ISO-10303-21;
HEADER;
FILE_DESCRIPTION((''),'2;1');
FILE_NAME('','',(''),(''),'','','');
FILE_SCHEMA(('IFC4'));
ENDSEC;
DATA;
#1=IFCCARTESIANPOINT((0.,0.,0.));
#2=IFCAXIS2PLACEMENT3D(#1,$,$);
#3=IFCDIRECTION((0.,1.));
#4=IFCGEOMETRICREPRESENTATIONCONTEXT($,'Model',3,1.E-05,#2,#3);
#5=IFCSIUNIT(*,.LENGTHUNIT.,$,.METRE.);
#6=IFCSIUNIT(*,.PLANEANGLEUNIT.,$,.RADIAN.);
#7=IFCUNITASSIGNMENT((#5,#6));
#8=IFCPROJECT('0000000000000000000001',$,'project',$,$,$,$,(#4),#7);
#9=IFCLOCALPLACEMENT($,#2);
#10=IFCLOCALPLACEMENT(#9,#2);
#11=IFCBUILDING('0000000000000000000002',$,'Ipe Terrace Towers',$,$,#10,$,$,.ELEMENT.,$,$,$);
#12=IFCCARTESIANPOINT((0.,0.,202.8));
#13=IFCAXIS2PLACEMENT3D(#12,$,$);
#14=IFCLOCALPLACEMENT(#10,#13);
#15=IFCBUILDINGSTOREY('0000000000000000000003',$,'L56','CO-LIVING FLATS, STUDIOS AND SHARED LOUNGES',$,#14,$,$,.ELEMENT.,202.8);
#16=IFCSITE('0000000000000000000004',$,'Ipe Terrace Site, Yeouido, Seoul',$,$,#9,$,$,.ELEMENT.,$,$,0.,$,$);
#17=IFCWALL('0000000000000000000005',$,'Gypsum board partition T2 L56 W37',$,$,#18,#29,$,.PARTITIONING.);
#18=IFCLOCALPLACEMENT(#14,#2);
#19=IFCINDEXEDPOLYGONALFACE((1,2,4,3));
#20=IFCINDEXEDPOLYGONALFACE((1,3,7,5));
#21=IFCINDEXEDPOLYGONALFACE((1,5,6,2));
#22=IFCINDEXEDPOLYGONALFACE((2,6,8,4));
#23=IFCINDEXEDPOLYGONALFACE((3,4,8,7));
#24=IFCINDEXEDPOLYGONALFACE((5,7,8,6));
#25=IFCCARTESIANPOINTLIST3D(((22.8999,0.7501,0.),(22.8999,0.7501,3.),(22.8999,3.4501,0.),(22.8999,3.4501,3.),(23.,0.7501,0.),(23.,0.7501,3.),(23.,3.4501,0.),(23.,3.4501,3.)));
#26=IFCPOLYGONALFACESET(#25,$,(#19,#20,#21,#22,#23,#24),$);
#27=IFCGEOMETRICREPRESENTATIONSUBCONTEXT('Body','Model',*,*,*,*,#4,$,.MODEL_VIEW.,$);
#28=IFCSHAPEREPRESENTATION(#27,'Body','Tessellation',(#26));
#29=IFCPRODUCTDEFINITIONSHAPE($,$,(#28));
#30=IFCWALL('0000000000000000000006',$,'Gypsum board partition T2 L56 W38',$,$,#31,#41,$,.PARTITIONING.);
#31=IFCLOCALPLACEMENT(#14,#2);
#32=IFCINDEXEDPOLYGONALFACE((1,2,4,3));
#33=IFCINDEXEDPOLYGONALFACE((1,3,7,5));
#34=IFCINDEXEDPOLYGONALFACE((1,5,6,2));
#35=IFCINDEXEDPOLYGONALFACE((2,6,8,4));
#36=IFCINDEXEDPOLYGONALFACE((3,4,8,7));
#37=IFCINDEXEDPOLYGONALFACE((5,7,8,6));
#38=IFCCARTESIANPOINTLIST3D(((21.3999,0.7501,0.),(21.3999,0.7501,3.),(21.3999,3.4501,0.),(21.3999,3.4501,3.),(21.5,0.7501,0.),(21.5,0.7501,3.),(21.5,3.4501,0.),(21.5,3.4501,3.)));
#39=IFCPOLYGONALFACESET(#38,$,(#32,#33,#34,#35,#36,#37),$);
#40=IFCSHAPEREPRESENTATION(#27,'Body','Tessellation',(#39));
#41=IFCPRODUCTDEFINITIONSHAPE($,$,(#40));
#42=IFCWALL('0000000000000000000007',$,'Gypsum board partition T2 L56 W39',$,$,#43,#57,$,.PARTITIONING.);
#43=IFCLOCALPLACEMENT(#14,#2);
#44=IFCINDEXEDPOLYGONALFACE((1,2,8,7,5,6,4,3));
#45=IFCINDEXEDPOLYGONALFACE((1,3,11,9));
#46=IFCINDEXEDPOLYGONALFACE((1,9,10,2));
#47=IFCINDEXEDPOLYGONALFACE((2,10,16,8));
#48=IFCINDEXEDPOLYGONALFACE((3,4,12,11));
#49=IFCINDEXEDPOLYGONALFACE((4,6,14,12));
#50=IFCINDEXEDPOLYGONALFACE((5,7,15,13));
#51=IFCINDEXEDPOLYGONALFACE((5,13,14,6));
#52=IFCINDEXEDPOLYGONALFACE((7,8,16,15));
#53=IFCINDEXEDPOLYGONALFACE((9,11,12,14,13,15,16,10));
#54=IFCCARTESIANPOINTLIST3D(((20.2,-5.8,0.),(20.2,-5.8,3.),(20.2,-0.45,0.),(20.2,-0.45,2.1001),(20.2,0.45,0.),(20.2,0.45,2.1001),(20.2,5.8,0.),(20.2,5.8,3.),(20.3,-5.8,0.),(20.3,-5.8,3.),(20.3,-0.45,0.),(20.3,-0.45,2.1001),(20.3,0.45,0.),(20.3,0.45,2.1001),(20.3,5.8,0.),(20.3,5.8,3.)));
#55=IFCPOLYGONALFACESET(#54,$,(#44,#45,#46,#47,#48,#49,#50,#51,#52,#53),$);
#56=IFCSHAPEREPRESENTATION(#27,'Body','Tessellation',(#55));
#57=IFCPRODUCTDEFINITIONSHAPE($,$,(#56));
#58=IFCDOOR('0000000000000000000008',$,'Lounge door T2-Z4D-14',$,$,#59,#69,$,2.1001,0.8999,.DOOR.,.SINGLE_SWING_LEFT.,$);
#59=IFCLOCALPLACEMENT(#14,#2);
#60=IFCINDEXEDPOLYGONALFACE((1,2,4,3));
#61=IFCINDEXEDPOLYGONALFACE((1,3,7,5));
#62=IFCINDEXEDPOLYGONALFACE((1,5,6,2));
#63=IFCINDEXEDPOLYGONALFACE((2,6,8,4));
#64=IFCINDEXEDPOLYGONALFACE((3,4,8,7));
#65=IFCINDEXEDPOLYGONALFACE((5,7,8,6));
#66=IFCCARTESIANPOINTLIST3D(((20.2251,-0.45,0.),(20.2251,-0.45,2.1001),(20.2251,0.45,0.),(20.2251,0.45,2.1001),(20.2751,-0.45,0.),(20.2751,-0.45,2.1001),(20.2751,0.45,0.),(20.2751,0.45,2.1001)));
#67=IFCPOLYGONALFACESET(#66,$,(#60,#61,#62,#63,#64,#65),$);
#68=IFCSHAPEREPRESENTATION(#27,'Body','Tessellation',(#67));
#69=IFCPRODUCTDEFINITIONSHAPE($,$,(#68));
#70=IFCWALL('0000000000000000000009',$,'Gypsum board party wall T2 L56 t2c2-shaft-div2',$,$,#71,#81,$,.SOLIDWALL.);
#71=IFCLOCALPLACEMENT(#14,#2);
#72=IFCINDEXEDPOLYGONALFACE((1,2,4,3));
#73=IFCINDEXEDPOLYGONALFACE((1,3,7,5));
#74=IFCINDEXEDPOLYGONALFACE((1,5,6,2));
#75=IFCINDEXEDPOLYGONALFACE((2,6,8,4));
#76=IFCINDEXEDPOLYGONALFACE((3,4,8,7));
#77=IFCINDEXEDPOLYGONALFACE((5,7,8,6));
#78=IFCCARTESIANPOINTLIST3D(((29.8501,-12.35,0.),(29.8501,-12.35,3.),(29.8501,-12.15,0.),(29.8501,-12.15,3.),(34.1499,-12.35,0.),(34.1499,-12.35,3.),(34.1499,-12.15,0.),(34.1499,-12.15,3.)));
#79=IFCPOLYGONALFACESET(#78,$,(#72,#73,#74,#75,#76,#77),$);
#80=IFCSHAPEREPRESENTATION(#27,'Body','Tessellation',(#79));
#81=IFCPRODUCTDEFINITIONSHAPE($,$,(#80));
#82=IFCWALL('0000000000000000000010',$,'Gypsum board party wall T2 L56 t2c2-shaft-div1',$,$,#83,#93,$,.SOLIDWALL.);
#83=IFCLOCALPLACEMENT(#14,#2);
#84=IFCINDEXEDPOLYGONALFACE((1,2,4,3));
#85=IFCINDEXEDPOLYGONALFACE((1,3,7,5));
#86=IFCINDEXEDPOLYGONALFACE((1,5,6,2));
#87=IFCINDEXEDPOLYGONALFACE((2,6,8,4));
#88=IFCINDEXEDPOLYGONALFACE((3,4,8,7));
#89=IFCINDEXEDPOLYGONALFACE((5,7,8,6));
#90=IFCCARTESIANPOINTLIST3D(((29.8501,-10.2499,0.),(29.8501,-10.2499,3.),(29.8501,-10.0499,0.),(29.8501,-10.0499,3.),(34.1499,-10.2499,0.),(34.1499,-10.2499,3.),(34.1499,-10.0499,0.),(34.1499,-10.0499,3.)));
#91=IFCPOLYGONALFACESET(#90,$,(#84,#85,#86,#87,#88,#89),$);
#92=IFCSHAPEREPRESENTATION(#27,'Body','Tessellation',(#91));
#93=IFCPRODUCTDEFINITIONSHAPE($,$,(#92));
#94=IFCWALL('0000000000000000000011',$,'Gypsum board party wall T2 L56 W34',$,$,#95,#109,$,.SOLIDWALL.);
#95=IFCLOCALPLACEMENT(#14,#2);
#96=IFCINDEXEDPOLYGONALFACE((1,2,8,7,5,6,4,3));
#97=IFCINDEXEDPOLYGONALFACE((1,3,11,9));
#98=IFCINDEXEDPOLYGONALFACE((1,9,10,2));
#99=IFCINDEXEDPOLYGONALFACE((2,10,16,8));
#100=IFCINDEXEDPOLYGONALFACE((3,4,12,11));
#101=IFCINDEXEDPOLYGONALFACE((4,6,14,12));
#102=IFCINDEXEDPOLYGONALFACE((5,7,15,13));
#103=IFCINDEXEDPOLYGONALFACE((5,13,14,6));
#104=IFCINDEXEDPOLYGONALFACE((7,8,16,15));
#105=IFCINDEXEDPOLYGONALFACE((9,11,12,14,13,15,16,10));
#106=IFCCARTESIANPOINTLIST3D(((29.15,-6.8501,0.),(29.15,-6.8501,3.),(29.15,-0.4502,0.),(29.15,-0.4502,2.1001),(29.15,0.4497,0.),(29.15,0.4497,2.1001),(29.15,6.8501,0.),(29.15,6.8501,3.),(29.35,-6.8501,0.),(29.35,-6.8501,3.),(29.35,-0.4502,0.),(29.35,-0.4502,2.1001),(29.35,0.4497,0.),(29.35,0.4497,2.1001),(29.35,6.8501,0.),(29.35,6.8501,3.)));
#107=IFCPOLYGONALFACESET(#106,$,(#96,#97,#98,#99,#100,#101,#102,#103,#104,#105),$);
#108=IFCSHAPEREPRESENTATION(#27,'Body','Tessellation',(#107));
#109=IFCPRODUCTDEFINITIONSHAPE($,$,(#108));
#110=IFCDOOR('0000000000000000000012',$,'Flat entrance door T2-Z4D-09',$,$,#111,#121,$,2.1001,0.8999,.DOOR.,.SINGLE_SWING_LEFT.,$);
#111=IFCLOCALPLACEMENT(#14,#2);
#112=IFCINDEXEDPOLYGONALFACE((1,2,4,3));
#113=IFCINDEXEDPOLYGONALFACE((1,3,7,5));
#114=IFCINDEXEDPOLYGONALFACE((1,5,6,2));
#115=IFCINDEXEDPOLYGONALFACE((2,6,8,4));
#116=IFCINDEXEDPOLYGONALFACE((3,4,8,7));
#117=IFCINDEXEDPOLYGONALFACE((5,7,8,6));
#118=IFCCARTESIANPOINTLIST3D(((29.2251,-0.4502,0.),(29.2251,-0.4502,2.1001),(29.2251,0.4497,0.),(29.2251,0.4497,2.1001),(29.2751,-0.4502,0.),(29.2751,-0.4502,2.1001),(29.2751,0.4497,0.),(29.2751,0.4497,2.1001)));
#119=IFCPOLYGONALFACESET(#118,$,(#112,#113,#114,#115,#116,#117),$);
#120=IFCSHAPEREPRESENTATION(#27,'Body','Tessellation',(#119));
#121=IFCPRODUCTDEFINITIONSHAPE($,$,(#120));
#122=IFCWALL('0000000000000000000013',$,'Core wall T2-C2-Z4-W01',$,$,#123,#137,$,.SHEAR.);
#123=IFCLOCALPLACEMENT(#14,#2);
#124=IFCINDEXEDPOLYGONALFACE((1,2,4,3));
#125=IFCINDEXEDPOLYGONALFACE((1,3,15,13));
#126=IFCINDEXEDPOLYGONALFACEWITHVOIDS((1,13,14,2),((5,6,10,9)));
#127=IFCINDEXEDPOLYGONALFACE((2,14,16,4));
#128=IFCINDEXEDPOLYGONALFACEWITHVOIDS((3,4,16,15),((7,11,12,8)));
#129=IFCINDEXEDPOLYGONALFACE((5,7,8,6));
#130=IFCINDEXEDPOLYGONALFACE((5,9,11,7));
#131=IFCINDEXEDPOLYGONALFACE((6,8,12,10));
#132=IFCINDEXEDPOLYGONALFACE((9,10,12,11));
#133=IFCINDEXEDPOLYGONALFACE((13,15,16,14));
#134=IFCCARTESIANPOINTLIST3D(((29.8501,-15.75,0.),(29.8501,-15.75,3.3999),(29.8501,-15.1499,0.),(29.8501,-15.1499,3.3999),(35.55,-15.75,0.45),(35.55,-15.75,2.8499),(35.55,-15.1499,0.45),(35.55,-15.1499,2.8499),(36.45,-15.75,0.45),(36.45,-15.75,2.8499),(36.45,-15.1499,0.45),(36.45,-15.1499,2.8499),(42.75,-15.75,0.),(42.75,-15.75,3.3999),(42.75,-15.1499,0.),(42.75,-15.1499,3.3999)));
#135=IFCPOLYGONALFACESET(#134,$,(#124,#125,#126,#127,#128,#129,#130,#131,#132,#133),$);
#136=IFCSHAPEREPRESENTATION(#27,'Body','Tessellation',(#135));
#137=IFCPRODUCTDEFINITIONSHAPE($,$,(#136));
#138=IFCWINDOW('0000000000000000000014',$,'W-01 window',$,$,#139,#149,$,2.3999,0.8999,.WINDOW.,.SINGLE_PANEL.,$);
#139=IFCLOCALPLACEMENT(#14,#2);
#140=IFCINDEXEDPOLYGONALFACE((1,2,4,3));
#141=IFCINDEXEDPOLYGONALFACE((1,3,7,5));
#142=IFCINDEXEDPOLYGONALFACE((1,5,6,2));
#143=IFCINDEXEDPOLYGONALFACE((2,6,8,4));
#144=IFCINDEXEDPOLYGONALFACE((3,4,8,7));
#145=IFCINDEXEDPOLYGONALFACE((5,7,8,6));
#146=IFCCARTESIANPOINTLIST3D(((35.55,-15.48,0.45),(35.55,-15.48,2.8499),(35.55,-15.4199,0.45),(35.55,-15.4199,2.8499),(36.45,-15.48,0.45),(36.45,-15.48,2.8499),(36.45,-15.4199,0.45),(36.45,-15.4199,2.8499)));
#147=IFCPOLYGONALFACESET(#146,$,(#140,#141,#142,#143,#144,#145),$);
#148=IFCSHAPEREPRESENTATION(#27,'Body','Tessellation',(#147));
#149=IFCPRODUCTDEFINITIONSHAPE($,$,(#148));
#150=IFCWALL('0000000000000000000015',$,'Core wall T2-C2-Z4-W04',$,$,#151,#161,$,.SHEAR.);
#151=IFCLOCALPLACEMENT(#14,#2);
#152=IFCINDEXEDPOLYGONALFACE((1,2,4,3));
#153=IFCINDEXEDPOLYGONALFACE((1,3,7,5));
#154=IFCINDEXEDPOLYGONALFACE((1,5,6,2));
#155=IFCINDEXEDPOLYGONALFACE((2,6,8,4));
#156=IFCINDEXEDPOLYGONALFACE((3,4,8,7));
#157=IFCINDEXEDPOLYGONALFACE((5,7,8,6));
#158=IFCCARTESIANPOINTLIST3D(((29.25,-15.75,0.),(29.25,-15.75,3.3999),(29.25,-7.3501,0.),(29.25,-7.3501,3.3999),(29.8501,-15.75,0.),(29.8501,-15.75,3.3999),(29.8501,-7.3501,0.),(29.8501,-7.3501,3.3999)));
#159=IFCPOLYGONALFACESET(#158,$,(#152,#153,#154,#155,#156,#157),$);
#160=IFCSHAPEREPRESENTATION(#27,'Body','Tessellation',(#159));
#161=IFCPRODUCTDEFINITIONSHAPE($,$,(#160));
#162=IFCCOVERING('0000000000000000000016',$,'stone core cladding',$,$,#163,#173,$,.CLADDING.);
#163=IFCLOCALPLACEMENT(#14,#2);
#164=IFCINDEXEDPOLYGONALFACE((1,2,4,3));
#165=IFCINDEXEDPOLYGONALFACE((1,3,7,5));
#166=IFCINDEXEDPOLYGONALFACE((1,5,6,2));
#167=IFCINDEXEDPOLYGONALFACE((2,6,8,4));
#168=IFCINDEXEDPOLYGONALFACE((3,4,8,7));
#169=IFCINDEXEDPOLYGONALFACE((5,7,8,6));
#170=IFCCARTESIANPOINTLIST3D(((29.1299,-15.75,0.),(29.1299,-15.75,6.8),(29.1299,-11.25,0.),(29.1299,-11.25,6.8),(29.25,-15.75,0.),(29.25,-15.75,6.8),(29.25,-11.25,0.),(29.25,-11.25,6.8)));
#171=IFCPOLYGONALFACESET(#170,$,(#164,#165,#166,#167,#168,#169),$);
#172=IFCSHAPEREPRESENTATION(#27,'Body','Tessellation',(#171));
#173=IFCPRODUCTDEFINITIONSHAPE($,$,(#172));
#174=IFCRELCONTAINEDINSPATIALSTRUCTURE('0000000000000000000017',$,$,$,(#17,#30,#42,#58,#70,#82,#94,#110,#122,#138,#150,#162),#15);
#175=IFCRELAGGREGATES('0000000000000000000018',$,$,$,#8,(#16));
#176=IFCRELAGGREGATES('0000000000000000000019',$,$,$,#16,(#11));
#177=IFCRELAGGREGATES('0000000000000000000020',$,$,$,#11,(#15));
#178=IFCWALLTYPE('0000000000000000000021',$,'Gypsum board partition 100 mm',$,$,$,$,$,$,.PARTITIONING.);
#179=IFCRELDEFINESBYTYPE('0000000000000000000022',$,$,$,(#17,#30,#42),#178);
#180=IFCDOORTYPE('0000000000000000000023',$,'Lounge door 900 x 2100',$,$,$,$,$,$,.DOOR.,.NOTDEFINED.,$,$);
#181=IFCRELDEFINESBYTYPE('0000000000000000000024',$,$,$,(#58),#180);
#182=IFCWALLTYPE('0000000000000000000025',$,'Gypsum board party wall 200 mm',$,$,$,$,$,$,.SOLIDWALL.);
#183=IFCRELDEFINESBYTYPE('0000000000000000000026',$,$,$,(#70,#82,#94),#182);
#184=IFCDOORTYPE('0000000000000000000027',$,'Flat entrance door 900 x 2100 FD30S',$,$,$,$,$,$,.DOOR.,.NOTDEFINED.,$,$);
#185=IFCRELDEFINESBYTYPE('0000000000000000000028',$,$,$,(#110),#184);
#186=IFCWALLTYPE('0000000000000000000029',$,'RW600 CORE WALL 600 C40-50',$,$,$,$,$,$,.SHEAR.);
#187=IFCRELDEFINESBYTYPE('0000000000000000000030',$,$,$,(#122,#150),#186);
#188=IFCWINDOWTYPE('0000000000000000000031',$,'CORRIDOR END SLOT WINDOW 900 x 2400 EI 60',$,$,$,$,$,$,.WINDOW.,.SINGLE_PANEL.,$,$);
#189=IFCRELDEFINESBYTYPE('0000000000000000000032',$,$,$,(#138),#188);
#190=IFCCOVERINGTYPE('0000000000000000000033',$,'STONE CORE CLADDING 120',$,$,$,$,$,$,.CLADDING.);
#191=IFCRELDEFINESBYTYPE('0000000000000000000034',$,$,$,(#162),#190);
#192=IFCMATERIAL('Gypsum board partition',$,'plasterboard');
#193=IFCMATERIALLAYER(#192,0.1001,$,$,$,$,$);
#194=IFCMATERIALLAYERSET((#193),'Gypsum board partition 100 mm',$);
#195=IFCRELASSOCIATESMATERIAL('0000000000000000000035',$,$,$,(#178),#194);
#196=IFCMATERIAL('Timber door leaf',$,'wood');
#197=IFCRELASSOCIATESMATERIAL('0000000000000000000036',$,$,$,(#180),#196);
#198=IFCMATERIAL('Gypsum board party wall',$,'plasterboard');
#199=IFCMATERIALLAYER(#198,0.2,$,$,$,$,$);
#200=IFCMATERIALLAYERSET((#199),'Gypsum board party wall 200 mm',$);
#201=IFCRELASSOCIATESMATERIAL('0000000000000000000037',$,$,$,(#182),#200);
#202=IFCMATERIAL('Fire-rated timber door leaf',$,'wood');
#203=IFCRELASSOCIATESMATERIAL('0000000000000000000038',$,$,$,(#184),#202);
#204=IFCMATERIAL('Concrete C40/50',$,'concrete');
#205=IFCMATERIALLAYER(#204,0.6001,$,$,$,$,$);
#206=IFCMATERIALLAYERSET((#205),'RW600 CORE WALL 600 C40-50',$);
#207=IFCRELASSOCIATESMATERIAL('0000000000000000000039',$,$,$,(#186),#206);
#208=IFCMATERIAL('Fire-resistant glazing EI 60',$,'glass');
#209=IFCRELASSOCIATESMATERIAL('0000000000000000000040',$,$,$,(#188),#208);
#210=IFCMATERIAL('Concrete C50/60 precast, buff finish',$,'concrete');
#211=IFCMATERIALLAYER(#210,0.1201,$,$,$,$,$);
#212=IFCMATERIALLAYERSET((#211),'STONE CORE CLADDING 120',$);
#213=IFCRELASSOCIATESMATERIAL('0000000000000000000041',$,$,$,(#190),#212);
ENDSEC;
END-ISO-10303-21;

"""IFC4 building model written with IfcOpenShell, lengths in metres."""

from ifc_helpers import new_model, si_unit, direction, frame, frame_2d, origin, origin_2d, place, context, subcontext, project, spatial, rectangle, extrude, material, layer, layer_set, type_object, element, fill, save


model = new_model("IFC4")

# Units and contexts
model_context = context("Model", 3, precision=1e-05, world=origin(), true_north=direction((0.0, 1.0)))
body_context = subcontext(model_context, "Body", "Model", "MODEL_VIEW")
ifc_project = project(units=[si_unit("LENGTHUNIT", "METRE"), si_unit("PLANEANGLEUNIT", "RADIAN")], contexts=[model_context])

# Site, building, storey
site_placement = place(None, origin())
site = spatial("IfcSite", under=ifc_project, at=site_placement, Name="Ipe Terrace Site, Yeouido, Seoul", CompositionType="ELEMENT", RefElevation=0.0)
building_placement = place(site_placement, origin())
building = spatial("IfcBuilding", under=site, at=building_placement, Name="Ipe Terrace Towers", CompositionType="ELEMENT")
storey_placement = place(building_placement, frame((0.0, 0.0, 202.8)))
storey = spatial("IfcBuildingStorey", under=building, at=storey_placement, Name="L56", Description="CO-LIVING FLATS, STUDIOS AND SHARED LOUNGES", CompositionType="ELEMENT", Elevation=202.8)

# Shared definitions
ifc_material_1 = material(Name="Gypsum board partition", Category="plasterboard")
ifc_layer_1 = layer(ifc_material_1, 0.1001)
ifc_layer_set_1 = layer_set([ifc_layer_1], Name="Gypsum board partition 100 mm")
wall_type_1 = type_object("IfcWallType", Name="Gypsum board partition 100 mm", PredefinedType="PARTITIONING", material=ifc_layer_set_1)

# Shared definitions
ifc_material_2 = material(Name="Timber door leaf", Category="wood")
door_type_1 = type_object("IfcDoorType", Name="Lounge door 900 x 2100", OperationType="NOTDEFINED", PredefinedType="DOOR", material=ifc_material_2)

# Walls
for number, where, z_axis, x_axis, name in (
    (1, (22.95, 0.75, 0.0), (0.0, 0.0, 1.0), (0.0, 1.0, 0.0), "Gypsum board partition T2 L56 W37"),
    (2, (21.45, 0.75, 0.0), (0.0, 0.0, 1.0), (0.0, 1.0, 0.0), "Gypsum board partition T2 L56 W38"),
):
    element("IfcWall", number, at=place(storey_placement, frame(where, z_axis=z_axis, x_axis=x_axis)), inside=storey, type_object=wall_type_1, Name=name, PredefinedType="PARTITIONING", context=body_context, shape_type="SweptSolid", body=[
        extrude(rectangle(XDim=2.7, YDim=0.1001, at=frame_2d((1.3501, 0.0))), origin(), (0.0, 0.0, 1.0), 3.0),
    ])

# Wall, opening, door
wall_1_placement = place(storey_placement, frame((20.25, -5.8, 0.0), z_axis=(0.0, 0.0, 1.0), x_axis=(0.0, 1.0, 0.0)))
wall_1 = element("IfcWall", 3, at=wall_1_placement, inside=storey, type_object=wall_type_1, Name="Gypsum board partition T2 L56 W39", PredefinedType="PARTITIONING", context=body_context, shape_type="SweptSolid", body=[
    extrude(rectangle(XDim=11.6001, YDim=0.1001, at=frame_2d((5.8, 0.0))), origin(), (0.0, 0.0, 1.0), 3.0),
])
opening_1_placement = place(wall_1_placement, frame((5.3501, 0.0, 0.0)))
opening_1 = element("IfcOpeningElement", 4, at=opening_1_placement, cuts=wall_1, PredefinedType="OPENING", context=body_context, shape_type="SweptSolid", body=[
    extrude(rectangle(XDim=0.8999, YDim=2.1001, at=frame_2d((0.45, 1.05))), frame((0.0, 0.0601, 0.0), z_axis=(0.0, -1.0, 0.0), x_axis=(1.0, 0.0, 0.0)), (0.0, 0.0, 1.0), 0.1201),
])
door_1_placement = place(opening_1_placement, origin())
door_1 = element("IfcDoor", 5, at=door_1_placement, inside=storey, type_object=door_type_1, Name="Lounge door T2-Z4D-14", OperationType="SINGLE_SWING_LEFT", OverallHeight=2.1001, OverallWidth=0.8999, PredefinedType="DOOR", context=body_context, shape_type="SweptSolid", body=[
    extrude(rectangle(XDim=0.8999, YDim=2.1001, at=frame_2d((0.45, 1.05))), frame((0.0, 0.0249, 0.0), z_axis=(0.0, -1.0, 0.0), x_axis=(1.0, 0.0, 0.0)), (0.0, 0.0, 1.0), 0.05),
])
fill(opening_1, door_1)

# Walls
ifc_material_3 = material(Name="Gypsum board party wall", Category="plasterboard")
ifc_layer_2 = layer(ifc_material_3, 0.2)
ifc_layer_set_2 = layer_set([ifc_layer_2], Name="Gypsum board party wall 200 mm")
wall_type_2 = type_object("IfcWallType", Name="Gypsum board party wall 200 mm", PredefinedType="SOLIDWALL", material=ifc_layer_set_2)
for number, where, z_axis, x_axis, name in (
    (6, (29.8501, -12.25, 0.0), (0.0, 0.0, 1.0), (1.0, 0.0, 0.0), "Gypsum board party wall T2 L56 t2c2-shaft-div2"),
    (7, (29.8501, -10.1499, 0.0), (0.0, 0.0, 1.0), (1.0, 0.0, 0.0), "Gypsum board party wall T2 L56 t2c2-shaft-div1"),
):
    element("IfcWall", number, at=place(storey_placement, frame(where, z_axis=z_axis, x_axis=x_axis)), inside=storey, type_object=wall_type_2, Name=name, PredefinedType="SOLIDWALL", context=body_context, shape_type="SweptSolid", body=[
        extrude(rectangle(XDim=4.2998, YDim=0.2, at=frame_2d((2.1499, 0.0))), origin(), (0.0, 0.0, 1.0), 3.0),
    ])

# Wall, opening, door
wall_2_placement = place(storey_placement, frame((29.25, -6.8501, 0.0), z_axis=(0.0, 0.0, 1.0), x_axis=(0.0, 1.0, 0.0)))
wall_2 = element("IfcWall", 8, at=wall_2_placement, inside=storey, type_object=wall_type_2, Name="Gypsum board party wall T2 L56 W34", PredefinedType="SOLIDWALL", context=body_context, shape_type="SweptSolid", body=[
    extrude(rectangle(XDim=13.7002, YDim=0.2, at=frame_2d((6.8501, 0.0))), origin(), (0.0, 0.0, 1.0), 3.0),
])
opening_2_placement = place(wall_2_placement, frame((6.3999, 0.0, 0.0)))
opening_2 = element("IfcOpeningElement", 9, at=opening_2_placement, cuts=wall_2, PredefinedType="OPENING", context=body_context, shape_type="SweptSolid", body=[
    extrude(rectangle(XDim=0.8999, YDim=2.1001, at=frame_2d((0.45, 1.05))), frame((0.0, 0.1099, 0.0), z_axis=(0.0, -1.0, 0.0), x_axis=(1.0, 0.0, 0.0)), (0.0, 0.0, 1.0), 0.22),
])
ifc_material_4 = material(Name="Fire-rated timber door leaf", Category="wood")
door_type_2 = type_object("IfcDoorType", Name="Flat entrance door 900 x 2100 FD30S", OperationType="NOTDEFINED", PredefinedType="DOOR", material=ifc_material_4)
door_2_placement = place(opening_2_placement, origin())
door_2 = element("IfcDoor", 10, at=door_2_placement, inside=storey, type_object=door_type_2, Name="Flat entrance door T2-Z4D-09", OperationType="SINGLE_SWING_LEFT", OverallHeight=2.1001, OverallWidth=0.8999, PredefinedType="DOOR", context=body_context, shape_type="SweptSolid", body=[
    extrude(rectangle(XDim=0.8999, YDim=2.1001, at=frame_2d((0.45, 1.05))), frame((0.0, 0.0249, 0.0), z_axis=(0.0, -1.0, 0.0), x_axis=(1.0, 0.0, 0.0)), (0.0, 0.0, 1.0), 0.05),
])
fill(opening_2, door_2)

# Wall, opening, window
ifc_material_5 = material(Name="Concrete C40/50", Category="concrete")
ifc_layer_3 = layer(ifc_material_5, 0.6001)
ifc_layer_set_3 = layer_set([ifc_layer_3], Name="RW600 CORE WALL 600 C40-50")
wall_type_3 = type_object("IfcWallType", Name="RW600 CORE WALL 600 C40-50", PredefinedType="SHEAR", material=ifc_layer_set_3)
wall_3_placement = place(storey_placement, frame((29.8501, -15.45, 0.0), z_axis=(0.0, 0.0, 1.0), x_axis=(1.0, 0.0, 0.0)))
wall_3 = element("IfcWall", 11, at=wall_3_placement, inside=storey, type_object=wall_type_3, Name="Core wall T2-C2-Z4-W01", PredefinedType="SHEAR", context=body_context, shape_type="SweptSolid", body=[
    extrude(rectangle(XDim=12.8999, YDim=0.6001, at=frame_2d((6.45, 0.0))), origin(), (0.0, 0.0, 1.0), 3.3999),
])
opening_3_placement = place(wall_3_placement, frame((5.7, 0.0, 0.45)))
opening_3 = element("IfcOpeningElement", 12, at=opening_3_placement, cuts=wall_3, PredefinedType="OPENING", context=body_context, shape_type="SweptSolid", body=[
    extrude(rectangle(XDim=0.8999, YDim=2.3999, at=frame_2d((0.45, 1.2))), frame((0.0, 0.3101, 0.0), z_axis=(0.0, -1.0, 0.0), x_axis=(1.0, 0.0, 0.0)), (0.0, 0.0, 1.0), 0.6201),
])
ifc_material_6 = material(Name="Fire-resistant glazing EI 60", Category="glass")
window_type = type_object("IfcWindowType", Name="CORRIDOR END SLOT WINDOW 900 x 2400 EI 60", PartitioningType="SINGLE_PANEL", PredefinedType="WINDOW", material=ifc_material_6)
window_placement = place(opening_3_placement, origin())
window = element("IfcWindow", 13, at=window_placement, inside=storey, type_object=window_type, Name="W-01 window", OverallHeight=2.3999, OverallWidth=0.8999, PartitioningType="SINGLE_PANEL", PredefinedType="WINDOW", context=body_context, shape_type="SweptSolid", body=[
    extrude(rectangle(XDim=0.8999, YDim=2.3999, at=frame_2d((0.45, 1.2))), frame((0.0, 0.03, 0.0), z_axis=(0.0, -1.0, 0.0), x_axis=(1.0, 0.0, 0.0)), (0.0, 0.0, 1.0), 0.0601),
])
fill(opening_3, window)

# Wall
wall_4_placement = place(storey_placement, frame((29.55, -7.3501, 0.0), z_axis=(0.0, 0.0, 1.0), x_axis=(0.0, -1.0, 0.0)))
element("IfcWall", 14, at=wall_4_placement, inside=storey, type_object=wall_type_3, Name="Core wall T2-C2-Z4-W04", PredefinedType="SHEAR", context=body_context, shape_type="SweptSolid", body=[
    extrude(rectangle(XDim=8.3999, YDim=0.6001, at=frame_2d((4.2, 0.0))), origin(), (0.0, 0.0, 1.0), 3.3999),
])

# Covering
ifc_material_7 = material(Name="Concrete C50/60 precast, buff finish", Category="concrete")
ifc_layer_4 = layer(ifc_material_7, 0.1201)
ifc_layer_set_4 = layer_set([ifc_layer_4], Name="STONE CORE CLADDING 120")
covering_type_1 = type_object("IfcCoveringType", Name="STONE CORE CLADDING 120", PredefinedType="CLADDING", material=ifc_layer_set_4)
covering_1_placement = place(storey_placement, frame((29.1899, -13.5, 0.0), z_axis=(0.0, 0.0, 1.0), x_axis=(0.0, -1.0, 0.0)))
element("IfcCovering", 15, at=covering_1_placement, inside=storey, type_object=covering_type_1, Name="stone core cladding", PredefinedType="CLADDING", context=body_context, shape_type="SweptSolid", body=[
    extrude(rectangle(XDim=4.5, YDim=0.1201, at=origin_2d()), origin(), (0.0, 0.0, 1.0), 6.8),
])

save(model, "model.ifc")
